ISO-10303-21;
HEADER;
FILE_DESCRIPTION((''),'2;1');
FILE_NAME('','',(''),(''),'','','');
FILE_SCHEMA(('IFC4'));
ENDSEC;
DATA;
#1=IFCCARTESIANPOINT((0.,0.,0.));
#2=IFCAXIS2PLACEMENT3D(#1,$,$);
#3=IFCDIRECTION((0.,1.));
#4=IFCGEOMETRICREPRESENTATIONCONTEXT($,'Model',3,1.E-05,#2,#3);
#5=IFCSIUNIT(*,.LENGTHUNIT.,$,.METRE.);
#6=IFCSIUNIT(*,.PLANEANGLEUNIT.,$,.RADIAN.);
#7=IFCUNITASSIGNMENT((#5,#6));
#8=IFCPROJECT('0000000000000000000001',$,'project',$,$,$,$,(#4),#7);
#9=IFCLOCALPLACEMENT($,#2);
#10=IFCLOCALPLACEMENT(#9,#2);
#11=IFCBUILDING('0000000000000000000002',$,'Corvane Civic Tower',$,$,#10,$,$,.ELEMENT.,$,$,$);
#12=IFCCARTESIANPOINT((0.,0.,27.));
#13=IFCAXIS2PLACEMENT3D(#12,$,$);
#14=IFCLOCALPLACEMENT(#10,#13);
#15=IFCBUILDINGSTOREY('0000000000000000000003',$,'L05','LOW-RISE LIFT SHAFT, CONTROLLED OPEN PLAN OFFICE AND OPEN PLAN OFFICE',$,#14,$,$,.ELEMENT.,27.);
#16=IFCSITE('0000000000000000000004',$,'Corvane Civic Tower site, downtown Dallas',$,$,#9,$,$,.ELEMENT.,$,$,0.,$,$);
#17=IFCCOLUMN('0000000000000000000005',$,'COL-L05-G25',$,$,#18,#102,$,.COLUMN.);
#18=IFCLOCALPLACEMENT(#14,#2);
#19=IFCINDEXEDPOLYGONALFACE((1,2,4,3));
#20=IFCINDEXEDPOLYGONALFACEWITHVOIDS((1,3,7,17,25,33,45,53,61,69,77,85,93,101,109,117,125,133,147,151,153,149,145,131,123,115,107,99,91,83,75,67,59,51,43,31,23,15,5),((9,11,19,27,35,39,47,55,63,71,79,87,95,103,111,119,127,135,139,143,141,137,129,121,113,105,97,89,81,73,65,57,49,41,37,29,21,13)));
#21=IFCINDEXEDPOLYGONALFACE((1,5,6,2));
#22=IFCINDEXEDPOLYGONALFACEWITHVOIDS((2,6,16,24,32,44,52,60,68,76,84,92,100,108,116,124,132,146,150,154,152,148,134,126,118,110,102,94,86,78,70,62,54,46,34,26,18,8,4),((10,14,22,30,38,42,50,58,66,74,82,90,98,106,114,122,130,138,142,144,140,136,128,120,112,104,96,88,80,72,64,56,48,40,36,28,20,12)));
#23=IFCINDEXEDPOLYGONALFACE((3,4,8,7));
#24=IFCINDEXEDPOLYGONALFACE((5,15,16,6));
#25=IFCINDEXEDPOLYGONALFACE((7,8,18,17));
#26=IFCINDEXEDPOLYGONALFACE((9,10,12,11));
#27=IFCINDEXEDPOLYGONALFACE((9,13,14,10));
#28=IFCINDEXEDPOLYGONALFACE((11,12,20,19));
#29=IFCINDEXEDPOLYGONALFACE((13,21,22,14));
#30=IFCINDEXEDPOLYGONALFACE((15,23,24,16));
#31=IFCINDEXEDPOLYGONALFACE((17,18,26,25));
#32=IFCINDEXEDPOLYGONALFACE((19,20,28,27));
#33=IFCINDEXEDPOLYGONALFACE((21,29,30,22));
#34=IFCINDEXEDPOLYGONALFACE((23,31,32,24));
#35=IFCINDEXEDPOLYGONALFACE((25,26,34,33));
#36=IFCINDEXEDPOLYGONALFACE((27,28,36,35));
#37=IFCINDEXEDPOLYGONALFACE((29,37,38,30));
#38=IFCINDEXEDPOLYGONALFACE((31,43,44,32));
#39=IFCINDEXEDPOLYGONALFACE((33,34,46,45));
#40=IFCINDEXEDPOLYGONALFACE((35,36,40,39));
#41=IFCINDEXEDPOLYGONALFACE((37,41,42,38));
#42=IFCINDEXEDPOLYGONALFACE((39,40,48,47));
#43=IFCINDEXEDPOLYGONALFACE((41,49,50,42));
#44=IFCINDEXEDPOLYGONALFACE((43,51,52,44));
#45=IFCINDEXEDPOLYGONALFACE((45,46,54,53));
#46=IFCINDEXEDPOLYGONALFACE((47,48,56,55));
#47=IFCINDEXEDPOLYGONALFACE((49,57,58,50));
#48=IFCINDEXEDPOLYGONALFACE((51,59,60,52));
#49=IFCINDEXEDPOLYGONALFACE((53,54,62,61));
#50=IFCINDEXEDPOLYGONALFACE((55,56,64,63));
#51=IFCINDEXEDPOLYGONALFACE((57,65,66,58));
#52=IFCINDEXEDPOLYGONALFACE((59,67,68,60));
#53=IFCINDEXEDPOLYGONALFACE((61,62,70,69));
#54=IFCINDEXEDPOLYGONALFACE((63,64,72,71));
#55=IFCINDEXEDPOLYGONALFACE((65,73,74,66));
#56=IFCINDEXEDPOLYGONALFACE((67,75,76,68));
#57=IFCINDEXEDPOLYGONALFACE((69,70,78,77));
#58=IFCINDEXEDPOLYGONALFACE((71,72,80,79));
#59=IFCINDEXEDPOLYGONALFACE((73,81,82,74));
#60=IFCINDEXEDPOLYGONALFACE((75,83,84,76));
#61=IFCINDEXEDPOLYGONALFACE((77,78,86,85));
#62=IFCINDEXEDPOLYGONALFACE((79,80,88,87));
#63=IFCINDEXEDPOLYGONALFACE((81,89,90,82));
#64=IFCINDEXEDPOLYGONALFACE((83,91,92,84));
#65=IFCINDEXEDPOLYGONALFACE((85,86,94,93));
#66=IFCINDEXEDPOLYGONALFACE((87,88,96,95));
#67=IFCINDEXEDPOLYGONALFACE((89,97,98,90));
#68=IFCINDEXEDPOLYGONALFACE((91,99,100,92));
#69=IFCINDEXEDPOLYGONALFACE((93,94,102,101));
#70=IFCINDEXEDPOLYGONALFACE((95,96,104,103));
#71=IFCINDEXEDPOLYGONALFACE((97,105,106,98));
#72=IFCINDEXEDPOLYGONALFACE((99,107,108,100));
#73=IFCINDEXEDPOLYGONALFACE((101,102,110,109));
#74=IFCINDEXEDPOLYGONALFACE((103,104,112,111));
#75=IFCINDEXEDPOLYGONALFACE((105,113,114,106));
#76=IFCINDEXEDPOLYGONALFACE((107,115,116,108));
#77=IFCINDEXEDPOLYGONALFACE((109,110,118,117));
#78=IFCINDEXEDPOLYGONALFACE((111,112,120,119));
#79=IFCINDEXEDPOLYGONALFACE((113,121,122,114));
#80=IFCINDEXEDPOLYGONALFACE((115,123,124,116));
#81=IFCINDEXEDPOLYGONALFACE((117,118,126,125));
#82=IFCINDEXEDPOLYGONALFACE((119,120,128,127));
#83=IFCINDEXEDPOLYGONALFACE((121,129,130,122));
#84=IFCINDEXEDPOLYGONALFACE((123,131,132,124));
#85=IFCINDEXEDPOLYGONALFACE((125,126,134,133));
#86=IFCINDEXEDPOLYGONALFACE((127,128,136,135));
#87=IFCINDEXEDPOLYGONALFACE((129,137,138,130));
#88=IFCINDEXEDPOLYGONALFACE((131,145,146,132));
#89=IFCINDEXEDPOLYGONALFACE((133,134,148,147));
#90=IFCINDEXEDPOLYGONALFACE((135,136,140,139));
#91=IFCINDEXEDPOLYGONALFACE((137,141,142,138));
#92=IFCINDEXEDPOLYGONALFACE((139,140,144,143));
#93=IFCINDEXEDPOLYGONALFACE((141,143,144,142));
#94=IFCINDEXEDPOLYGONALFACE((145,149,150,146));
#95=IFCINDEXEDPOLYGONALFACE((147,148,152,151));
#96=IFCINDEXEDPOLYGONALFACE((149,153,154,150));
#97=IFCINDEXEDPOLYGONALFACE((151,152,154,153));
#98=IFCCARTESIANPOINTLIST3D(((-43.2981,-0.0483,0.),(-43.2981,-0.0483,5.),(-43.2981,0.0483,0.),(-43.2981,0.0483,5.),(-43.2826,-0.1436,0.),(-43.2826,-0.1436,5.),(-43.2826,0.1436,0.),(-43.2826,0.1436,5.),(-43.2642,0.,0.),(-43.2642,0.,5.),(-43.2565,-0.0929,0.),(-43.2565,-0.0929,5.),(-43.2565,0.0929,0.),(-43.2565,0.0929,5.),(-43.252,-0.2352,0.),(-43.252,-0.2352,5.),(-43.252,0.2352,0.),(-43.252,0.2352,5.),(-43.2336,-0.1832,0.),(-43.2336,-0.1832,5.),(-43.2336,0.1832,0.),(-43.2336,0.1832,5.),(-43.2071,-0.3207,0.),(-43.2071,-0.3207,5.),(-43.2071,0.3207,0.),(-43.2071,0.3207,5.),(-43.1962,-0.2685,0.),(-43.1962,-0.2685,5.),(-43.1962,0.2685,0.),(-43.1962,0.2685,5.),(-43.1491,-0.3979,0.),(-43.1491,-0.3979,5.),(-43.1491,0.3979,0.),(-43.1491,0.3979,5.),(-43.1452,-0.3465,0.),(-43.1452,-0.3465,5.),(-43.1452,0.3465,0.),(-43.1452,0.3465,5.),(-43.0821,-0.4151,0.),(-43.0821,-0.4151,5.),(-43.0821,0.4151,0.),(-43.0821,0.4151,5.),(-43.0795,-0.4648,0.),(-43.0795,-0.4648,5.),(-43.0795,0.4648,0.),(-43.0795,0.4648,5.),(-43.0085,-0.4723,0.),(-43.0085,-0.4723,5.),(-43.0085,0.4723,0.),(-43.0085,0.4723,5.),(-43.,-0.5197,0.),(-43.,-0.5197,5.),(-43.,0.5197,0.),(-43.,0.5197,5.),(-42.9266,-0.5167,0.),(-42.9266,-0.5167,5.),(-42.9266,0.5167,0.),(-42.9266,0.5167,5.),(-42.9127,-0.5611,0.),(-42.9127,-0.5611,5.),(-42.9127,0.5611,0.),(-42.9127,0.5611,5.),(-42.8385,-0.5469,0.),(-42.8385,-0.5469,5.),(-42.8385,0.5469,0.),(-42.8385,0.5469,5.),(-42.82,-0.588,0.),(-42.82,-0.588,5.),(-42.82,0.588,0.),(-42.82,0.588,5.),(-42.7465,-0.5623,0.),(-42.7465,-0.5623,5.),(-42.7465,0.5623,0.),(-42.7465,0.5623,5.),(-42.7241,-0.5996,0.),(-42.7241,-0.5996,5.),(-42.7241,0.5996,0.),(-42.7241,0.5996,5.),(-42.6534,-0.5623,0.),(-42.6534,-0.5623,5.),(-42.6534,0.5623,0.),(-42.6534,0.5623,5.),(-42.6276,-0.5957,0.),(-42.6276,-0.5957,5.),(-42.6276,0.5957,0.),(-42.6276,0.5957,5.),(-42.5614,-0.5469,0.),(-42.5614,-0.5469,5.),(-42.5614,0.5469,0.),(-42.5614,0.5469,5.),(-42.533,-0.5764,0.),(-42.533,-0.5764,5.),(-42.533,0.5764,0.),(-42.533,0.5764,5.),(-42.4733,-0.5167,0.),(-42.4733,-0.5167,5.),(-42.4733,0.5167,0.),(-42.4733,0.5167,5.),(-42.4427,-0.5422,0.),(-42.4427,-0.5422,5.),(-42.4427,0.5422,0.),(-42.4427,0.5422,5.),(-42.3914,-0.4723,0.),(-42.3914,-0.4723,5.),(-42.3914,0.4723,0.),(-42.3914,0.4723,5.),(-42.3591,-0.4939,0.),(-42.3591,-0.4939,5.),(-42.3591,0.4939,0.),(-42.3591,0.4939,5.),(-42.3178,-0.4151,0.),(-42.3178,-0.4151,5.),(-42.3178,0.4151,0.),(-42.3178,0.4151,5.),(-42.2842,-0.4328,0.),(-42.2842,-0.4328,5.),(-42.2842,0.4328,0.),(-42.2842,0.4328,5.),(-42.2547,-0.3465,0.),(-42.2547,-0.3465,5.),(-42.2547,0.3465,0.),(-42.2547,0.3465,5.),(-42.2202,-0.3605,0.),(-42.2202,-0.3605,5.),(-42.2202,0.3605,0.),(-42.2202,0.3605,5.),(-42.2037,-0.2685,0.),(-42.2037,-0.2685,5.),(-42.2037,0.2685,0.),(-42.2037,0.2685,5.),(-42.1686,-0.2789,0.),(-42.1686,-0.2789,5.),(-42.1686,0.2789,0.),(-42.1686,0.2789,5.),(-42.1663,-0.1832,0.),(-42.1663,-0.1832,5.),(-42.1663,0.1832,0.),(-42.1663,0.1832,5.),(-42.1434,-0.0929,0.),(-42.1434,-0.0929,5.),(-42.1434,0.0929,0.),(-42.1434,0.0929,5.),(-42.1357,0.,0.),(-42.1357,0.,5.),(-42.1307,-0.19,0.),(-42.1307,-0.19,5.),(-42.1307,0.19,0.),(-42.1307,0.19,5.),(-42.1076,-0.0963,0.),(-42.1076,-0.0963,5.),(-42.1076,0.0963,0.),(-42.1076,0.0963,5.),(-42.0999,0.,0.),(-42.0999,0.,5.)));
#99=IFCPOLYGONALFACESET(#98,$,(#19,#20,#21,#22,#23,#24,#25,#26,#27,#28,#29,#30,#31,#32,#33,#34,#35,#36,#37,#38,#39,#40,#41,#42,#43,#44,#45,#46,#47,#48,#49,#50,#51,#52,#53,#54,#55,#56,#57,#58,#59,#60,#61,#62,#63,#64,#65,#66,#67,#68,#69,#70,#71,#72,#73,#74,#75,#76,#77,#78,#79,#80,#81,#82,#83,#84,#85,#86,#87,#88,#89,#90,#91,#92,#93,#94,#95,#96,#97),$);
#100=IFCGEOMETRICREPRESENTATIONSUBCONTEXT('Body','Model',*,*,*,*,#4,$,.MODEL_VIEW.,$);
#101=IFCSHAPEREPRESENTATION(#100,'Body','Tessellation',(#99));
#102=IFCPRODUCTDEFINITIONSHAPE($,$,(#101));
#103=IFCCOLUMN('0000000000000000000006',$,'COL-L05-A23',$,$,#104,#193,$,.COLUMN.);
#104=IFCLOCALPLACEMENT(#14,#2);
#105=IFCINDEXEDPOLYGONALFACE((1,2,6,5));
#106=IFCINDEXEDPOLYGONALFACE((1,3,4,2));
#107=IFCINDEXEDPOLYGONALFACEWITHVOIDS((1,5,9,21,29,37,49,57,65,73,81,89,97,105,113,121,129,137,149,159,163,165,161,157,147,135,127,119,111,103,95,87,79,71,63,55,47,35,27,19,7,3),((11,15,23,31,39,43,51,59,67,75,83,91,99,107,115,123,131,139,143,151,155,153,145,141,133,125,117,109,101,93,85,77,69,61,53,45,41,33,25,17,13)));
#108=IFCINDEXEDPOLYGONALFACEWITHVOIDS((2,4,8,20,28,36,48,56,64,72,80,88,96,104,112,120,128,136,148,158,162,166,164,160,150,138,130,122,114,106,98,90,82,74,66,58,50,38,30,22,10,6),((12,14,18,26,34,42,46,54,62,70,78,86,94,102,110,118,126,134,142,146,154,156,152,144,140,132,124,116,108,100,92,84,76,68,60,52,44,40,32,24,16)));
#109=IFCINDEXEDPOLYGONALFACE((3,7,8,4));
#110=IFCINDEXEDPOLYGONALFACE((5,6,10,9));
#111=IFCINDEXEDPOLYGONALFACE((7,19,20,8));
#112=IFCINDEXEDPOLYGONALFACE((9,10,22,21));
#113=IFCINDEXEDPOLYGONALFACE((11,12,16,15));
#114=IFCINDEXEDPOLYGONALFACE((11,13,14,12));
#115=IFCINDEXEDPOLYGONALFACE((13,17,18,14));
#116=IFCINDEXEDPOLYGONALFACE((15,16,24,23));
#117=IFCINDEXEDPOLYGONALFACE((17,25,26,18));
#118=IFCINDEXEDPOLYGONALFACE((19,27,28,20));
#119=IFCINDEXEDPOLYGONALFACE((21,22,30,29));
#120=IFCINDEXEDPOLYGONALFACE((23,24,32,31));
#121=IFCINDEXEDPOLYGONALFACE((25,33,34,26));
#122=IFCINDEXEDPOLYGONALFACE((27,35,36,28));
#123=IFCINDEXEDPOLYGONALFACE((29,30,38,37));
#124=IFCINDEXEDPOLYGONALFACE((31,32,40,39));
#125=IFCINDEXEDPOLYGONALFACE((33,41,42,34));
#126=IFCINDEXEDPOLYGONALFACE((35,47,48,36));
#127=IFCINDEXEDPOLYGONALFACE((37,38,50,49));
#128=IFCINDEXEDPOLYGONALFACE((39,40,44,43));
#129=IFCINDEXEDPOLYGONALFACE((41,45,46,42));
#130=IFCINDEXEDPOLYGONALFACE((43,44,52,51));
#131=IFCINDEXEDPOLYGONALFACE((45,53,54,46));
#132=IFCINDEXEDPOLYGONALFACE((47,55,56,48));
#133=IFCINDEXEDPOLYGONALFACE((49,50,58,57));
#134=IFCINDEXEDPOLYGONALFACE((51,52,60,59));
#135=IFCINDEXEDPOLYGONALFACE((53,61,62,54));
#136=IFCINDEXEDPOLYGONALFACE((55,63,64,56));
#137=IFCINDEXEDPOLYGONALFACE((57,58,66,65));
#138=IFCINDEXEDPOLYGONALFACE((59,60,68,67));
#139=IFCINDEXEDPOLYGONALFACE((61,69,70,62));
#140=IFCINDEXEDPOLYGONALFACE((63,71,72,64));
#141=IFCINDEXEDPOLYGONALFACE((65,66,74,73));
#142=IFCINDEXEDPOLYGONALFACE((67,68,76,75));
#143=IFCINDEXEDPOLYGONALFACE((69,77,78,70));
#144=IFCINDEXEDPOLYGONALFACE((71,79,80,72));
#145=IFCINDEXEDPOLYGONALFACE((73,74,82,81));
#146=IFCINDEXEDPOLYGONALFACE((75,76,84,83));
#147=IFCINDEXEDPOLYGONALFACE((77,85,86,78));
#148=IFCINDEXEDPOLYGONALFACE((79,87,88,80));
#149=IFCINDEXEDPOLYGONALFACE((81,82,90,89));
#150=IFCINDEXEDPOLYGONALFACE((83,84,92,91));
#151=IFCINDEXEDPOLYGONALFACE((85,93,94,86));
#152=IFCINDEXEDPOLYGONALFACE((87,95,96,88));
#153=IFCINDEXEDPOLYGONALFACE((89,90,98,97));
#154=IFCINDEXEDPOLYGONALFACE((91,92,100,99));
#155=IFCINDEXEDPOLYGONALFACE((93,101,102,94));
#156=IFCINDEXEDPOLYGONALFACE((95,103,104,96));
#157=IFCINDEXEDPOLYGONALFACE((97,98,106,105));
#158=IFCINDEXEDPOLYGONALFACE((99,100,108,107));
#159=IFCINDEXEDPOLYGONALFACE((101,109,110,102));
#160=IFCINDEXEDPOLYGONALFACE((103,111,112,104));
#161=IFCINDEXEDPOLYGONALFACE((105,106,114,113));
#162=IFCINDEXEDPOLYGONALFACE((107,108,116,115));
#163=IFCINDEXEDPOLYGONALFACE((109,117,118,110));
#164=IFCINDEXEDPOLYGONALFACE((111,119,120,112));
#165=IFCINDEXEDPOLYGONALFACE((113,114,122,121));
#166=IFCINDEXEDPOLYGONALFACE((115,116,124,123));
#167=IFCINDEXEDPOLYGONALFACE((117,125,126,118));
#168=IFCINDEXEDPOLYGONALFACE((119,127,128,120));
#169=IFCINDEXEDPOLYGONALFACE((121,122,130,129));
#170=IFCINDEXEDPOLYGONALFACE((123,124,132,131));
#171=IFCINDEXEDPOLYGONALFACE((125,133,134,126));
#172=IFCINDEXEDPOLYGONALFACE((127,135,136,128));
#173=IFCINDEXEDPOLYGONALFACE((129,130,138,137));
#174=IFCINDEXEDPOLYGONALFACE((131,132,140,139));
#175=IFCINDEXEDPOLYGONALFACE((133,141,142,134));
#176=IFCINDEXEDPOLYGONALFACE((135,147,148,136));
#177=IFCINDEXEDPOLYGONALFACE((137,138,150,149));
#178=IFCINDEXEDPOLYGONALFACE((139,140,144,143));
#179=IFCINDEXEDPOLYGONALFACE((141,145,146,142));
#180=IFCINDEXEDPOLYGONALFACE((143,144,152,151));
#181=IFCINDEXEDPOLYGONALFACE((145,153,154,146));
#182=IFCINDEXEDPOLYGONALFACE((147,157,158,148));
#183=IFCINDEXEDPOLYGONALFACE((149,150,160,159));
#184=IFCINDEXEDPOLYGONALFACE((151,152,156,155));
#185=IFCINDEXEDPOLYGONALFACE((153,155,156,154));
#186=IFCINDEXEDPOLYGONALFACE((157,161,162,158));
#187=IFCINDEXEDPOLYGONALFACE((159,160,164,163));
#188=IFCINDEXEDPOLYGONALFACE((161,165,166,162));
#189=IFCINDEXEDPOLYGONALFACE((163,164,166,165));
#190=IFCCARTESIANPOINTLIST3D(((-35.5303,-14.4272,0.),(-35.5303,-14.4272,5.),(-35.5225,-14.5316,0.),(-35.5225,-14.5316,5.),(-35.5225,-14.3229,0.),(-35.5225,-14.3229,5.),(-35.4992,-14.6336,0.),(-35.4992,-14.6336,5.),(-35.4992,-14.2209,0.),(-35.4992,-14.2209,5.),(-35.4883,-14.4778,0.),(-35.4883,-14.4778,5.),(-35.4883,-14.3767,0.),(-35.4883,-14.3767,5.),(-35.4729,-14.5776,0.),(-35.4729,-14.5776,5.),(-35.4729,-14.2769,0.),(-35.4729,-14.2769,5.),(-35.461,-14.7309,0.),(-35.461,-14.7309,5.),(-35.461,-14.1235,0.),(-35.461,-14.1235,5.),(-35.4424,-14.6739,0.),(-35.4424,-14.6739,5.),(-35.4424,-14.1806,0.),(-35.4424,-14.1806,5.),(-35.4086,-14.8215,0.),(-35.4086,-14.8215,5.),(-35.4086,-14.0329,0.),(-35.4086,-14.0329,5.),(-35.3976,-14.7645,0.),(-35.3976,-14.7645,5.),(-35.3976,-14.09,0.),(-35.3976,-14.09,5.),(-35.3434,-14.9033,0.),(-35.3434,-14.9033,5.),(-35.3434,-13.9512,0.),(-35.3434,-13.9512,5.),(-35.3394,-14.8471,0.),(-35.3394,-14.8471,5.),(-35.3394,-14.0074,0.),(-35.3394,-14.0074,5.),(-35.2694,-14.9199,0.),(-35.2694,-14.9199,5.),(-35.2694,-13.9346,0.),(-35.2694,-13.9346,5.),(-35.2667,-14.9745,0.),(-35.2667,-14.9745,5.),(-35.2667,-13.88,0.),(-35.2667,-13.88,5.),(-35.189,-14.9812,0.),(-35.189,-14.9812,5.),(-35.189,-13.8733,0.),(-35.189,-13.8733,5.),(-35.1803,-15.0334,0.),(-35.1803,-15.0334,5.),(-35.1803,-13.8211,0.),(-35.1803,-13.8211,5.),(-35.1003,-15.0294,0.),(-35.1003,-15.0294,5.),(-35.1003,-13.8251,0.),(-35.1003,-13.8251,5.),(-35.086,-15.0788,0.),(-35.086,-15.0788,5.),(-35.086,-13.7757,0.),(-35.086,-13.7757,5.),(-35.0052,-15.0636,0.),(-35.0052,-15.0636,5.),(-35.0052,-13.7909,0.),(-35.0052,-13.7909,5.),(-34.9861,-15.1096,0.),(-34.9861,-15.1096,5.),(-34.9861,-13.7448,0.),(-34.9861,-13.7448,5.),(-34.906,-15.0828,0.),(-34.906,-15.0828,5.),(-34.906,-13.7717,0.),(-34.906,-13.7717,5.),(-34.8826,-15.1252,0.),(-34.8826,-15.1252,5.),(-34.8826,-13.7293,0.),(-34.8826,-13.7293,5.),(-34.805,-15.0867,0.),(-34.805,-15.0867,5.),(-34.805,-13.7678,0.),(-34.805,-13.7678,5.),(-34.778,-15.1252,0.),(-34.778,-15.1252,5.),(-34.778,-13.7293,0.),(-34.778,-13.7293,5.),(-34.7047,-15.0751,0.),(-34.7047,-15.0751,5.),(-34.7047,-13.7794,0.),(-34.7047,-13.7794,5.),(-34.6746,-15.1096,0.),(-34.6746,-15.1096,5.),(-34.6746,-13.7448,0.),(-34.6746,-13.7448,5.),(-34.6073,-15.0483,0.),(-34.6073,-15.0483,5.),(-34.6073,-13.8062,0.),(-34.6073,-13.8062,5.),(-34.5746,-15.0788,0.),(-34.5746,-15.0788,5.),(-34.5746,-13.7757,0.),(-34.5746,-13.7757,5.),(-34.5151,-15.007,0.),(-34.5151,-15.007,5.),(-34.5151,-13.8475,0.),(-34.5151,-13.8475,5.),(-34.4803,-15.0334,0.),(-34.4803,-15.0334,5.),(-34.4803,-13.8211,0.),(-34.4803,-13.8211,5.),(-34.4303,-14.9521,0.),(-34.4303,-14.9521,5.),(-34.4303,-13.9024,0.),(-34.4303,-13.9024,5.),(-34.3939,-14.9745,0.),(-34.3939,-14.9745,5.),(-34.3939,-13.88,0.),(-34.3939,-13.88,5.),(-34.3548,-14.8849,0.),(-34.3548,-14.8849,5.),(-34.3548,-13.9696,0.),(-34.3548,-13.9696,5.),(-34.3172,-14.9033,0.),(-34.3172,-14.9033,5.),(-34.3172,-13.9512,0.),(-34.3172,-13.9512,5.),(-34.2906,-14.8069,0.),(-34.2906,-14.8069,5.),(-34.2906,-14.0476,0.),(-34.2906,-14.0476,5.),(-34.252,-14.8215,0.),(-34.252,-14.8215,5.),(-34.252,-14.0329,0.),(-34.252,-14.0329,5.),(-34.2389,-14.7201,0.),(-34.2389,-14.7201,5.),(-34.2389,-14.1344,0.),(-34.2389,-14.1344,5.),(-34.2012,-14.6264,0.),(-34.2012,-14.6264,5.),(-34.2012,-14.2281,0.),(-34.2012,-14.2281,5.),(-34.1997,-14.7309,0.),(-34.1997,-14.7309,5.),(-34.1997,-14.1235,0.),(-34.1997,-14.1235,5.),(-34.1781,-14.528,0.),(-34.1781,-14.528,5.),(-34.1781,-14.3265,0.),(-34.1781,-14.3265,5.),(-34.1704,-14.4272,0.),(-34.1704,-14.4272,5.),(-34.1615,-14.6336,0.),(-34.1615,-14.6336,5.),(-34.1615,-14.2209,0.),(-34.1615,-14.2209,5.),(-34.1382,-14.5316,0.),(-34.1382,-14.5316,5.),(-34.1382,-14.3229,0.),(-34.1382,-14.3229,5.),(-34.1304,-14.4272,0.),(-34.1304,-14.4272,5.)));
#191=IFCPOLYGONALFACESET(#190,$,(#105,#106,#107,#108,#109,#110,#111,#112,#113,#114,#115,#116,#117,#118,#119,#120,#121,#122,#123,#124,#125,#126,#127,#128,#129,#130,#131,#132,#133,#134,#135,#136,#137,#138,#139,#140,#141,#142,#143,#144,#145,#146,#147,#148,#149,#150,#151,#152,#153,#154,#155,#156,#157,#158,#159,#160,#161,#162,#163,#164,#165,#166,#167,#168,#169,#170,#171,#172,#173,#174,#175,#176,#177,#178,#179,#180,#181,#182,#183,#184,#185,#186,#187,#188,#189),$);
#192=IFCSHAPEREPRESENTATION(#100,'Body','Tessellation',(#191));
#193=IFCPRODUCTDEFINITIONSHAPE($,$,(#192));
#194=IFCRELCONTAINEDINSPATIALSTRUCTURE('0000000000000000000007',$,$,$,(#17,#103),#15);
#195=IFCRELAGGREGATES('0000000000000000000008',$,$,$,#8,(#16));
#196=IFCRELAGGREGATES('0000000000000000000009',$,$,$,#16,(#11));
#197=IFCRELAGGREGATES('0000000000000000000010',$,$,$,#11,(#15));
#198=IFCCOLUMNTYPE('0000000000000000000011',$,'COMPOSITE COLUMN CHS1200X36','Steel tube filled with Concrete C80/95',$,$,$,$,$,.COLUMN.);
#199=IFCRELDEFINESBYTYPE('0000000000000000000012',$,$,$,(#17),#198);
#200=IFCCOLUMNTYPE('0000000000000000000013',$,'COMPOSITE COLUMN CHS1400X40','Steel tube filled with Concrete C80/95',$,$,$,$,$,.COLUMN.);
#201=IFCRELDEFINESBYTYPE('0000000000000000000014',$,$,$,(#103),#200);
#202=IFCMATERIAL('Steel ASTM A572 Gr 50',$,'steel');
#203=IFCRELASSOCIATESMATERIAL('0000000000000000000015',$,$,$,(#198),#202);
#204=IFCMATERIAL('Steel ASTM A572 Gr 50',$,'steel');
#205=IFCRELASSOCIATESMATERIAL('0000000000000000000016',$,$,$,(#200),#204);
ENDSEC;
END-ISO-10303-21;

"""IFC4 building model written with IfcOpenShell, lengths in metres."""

from ifc_helpers import new_model, si_unit, direction, frame, origin, origin_2d, place, context, subcontext, project, spatial, hollow_circle, extrude, material, material_profile, profile_set, type_object, element, save


model = new_model("IFC4")

# Units and contexts
model_context = context("Model", 3, precision=1e-05, world=origin(), true_north=direction((0.0, 1.0)))
body_context = subcontext(model_context, "Body", "Model", "MODEL_VIEW")
ifc_project = project(units=[si_unit("LENGTHUNIT", "METRE"), si_unit("PLANEANGLEUNIT", "RADIAN")], contexts=[model_context])

# Site, building, storey
site_placement = place(None, origin())
site = spatial("IfcSite", under=ifc_project, at=site_placement, Name="Corvane Civic Tower site, downtown Dallas", CompositionType="ELEMENT", RefElevation=0.0)
building_placement = place(site_placement, origin())
building = spatial("IfcBuilding", under=site, at=building_placement, Name="Corvane Civic Tower", CompositionType="ELEMENT")
storey_placement = place(building_placement, frame((0.0, 0.0, 27.0)))
storey = spatial("IfcBuildingStorey", under=building, at=storey_placement, Name="L05", Description="LOW-RISE LIFT SHAFT, CONTROLLED OPEN PLAN OFFICE AND OPEN PLAN OFFICE", CompositionType="ELEMENT", Elevation=27.0)

# Columns
ifc_material_1 = material(Name="Steel ASTM A572 Gr 50", Category="steel")
ifc_material_profile_1 = material_profile(ifc_material_1, hollow_circle(Radius=0.6001, WallThickness=0.0359, at=origin_2d()), Name="CHS1200X36")
ifc_profile_set_1 = profile_set([ifc_material_profile_1], Name="Steel ASTM A572 Gr 50")
column_type_1 = type_object("IfcColumnType", Name="COMPOSITE COLUMN CHS1200X36", Description="Steel tube filled with Concrete C80/95", PredefinedType="COLUMN", material=ifc_profile_set_1)
for number, where, z_axis, x_axis, name in (
    (1, (-42.7, 0.0, 0.0), (0.0, 0.0, 1.0), (1.0, 0.0, 0.0), "COL-L05-G25"),
):
    element("IfcColumn", number, at=place(storey_placement, frame(where, z_axis=z_axis, x_axis=x_axis)), inside=storey, type_object=column_type_1, Name=name, PredefinedType="COLUMN", context=body_context, shape_type="SweptSolid", body=[
        extrude(hollow_circle(Radius=0.6001, WallThickness=0.0359, at=origin_2d()), origin(), (0.0, 0.0, 1.0), 5.0),
    ])
ifc_material_2 = material(Name="Steel ASTM A572 Gr 50", Category="steel")
ifc_material_profile_2 = material_profile(ifc_material_2, hollow_circle(Radius=0.7, WallThickness=0.04, at=origin_2d()), Name="CHS1400X40")
ifc_profile_set_2 = profile_set([ifc_material_profile_2], Name="Steel ASTM A572 Gr 50")
column_type_2 = type_object("IfcColumnType", Name="COMPOSITE COLUMN CHS1400X40", Description="Steel tube filled with Concrete C80/95", PredefinedType="COLUMN", material=ifc_profile_set_2)
for number, where, z_axis, x_axis, name in (
    (2, (-34.8303, -14.4272, 0.0), (0.0, 0.0, 1.0), (1.0, 0.0, 0.0), "COL-L05-A23"),
):
    element("IfcColumn", number, at=place(storey_placement, frame(where, z_axis=z_axis, x_axis=x_axis)), inside=storey, type_object=column_type_2, Name=name, PredefinedType="COLUMN", context=body_context, shape_type="SweptSolid", body=[
        extrude(hollow_circle(Radius=0.7, WallThickness=0.04, at=origin_2d()), origin(), (0.0, 0.0, 1.0), 5.0),
    ])

save(model, "model.ifc")
